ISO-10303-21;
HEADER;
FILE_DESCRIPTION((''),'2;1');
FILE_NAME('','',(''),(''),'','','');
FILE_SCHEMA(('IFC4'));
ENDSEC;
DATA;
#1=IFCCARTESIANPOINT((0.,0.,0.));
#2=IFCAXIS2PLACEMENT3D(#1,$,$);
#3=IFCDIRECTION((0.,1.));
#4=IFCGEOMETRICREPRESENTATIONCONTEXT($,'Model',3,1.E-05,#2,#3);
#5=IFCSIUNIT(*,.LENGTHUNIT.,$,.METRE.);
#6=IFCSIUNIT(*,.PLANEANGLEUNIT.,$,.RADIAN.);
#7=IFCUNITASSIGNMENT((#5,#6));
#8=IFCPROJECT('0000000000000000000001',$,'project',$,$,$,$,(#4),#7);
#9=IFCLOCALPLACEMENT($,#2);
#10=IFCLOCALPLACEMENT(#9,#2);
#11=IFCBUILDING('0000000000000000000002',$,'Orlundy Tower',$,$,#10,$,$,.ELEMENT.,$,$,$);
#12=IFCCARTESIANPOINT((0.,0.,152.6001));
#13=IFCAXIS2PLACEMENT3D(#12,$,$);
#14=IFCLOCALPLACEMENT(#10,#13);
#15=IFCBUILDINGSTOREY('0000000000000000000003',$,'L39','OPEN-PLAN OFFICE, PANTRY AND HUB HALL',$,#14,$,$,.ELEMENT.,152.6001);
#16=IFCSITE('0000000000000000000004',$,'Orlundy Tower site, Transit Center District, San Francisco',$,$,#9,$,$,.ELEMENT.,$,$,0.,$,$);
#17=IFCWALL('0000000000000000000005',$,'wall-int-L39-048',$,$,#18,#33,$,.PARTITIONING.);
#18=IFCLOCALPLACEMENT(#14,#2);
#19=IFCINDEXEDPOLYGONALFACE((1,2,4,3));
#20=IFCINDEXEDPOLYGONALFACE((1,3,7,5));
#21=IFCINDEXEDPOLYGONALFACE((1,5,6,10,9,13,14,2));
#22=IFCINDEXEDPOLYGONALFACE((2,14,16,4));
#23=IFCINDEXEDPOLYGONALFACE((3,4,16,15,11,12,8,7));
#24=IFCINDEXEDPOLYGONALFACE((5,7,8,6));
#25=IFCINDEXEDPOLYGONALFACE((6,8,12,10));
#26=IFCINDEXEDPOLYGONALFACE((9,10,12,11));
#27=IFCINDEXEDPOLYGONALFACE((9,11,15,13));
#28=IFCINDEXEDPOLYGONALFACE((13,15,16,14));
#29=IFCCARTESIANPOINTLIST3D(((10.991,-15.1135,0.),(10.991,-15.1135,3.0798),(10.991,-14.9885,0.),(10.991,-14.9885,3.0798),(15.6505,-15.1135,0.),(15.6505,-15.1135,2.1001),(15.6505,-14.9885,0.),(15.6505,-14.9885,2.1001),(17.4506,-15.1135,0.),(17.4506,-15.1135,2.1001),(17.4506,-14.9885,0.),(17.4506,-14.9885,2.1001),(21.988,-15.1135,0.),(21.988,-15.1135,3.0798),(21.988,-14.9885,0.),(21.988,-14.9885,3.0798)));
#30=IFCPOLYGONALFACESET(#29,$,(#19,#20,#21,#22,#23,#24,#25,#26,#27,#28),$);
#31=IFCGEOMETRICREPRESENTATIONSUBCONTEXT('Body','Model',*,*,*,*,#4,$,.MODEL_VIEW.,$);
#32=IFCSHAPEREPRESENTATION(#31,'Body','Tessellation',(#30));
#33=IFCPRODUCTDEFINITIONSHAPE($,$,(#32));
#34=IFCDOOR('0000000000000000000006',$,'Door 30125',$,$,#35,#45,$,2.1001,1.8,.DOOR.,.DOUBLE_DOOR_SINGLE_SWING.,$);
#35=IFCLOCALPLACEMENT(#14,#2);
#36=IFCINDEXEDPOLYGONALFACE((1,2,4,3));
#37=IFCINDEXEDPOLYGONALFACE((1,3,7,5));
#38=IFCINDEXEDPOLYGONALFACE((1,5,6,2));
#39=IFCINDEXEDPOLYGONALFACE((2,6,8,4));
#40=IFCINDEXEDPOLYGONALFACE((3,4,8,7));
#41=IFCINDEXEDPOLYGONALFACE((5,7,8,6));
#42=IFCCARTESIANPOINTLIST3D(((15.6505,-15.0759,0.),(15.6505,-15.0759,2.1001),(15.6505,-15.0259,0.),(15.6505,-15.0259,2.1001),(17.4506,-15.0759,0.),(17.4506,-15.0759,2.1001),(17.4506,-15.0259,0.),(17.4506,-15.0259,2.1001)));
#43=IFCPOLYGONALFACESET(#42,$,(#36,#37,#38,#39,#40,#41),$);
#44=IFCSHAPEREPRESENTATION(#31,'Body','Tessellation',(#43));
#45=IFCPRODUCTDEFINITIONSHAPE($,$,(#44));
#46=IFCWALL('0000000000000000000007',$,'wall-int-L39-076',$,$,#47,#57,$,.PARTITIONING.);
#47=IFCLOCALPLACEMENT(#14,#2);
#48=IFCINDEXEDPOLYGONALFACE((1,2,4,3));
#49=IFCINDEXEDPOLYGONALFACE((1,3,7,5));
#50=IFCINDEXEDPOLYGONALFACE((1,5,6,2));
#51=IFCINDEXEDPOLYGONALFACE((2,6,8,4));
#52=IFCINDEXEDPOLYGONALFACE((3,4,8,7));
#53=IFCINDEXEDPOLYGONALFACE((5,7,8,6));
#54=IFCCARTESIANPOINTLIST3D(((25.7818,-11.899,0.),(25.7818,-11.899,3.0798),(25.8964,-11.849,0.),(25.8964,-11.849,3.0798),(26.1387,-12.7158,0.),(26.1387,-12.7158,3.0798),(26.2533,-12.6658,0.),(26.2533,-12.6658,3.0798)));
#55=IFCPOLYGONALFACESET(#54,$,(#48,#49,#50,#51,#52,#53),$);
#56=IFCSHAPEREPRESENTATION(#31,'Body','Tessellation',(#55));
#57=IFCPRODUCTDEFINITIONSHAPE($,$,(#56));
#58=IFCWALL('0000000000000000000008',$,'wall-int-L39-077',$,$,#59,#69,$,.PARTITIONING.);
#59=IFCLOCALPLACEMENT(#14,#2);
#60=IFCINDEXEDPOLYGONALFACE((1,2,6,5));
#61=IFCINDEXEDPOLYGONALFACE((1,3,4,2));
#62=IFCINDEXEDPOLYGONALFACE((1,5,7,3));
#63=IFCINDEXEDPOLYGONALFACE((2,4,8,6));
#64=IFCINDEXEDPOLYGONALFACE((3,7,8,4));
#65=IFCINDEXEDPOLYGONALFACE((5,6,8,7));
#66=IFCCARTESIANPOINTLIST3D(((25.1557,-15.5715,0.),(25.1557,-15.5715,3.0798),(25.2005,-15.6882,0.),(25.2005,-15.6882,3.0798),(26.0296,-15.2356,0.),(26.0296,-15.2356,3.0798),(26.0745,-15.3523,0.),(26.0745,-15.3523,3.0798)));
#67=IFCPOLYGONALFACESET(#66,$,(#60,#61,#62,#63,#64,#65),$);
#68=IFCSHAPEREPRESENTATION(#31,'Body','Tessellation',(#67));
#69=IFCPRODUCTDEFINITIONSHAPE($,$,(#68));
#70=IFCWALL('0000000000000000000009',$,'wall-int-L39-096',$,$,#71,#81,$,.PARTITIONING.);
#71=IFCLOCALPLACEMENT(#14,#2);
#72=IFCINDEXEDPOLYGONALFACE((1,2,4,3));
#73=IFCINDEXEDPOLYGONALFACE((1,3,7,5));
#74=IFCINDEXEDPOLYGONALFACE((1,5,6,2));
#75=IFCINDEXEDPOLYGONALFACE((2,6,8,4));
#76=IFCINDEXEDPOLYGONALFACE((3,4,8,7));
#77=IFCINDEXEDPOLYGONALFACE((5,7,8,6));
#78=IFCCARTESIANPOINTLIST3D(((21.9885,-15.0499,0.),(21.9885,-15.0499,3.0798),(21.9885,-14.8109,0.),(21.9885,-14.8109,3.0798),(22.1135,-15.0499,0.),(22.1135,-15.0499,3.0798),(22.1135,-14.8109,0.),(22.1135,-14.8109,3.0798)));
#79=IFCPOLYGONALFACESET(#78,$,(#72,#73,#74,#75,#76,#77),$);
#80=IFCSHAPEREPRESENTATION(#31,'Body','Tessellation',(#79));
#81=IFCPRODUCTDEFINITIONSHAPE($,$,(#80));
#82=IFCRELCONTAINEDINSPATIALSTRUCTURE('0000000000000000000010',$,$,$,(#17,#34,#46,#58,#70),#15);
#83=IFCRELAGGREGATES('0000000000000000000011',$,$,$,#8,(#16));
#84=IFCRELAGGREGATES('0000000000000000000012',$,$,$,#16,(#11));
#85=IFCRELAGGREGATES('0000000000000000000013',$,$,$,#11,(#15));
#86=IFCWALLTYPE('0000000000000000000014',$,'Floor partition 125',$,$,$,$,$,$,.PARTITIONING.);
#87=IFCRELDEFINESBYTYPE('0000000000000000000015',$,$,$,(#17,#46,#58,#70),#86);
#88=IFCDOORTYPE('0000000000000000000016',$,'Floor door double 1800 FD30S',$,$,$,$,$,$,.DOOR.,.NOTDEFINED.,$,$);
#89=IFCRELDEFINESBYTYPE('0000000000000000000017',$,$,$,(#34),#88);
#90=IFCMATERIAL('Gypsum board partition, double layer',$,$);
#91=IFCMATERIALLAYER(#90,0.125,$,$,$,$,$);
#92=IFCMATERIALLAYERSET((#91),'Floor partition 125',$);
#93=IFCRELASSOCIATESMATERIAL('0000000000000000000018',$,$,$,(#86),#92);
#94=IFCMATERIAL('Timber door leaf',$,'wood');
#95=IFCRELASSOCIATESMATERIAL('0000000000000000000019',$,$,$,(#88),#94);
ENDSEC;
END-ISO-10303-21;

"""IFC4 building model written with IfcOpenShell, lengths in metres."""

from ifc_helpers import new_model, si_unit, direction, frame, frame_2d, origin, place, context, subcontext, project, spatial, rectangle, extrude, material, layer, layer_set, type_object, element, fill, save


model = new_model("IFC4")

# Units and contexts
model_context = context("Model", 3, precision=1e-05, world=origin(), true_north=direction((0.0, 1.0)))
body_context = subcontext(model_context, "Body", "Model", "MODEL_VIEW")
ifc_project = project(units=[si_unit("LENGTHUNIT", "METRE"), si_unit("PLANEANGLEUNIT", "RADIAN")], contexts=[model_context])

# Site, building, storey
site_placement = place(None, origin())
site = spatial("IfcSite", under=ifc_project, at=site_placement, Name="Orlundy Tower site, Transit Center District, San Francisco", CompositionType="ELEMENT", RefElevation=0.0)
building_placement = place(site_placement, origin())
building = spatial("IfcBuilding", under=site, at=building_placement, Name="Orlundy Tower", CompositionType="ELEMENT")
storey_placement = place(building_placement, frame((0.0, 0.0, 152.6001)))
storey = spatial("IfcBuildingStorey", under=building, at=storey_placement, Name="L39", Description="OPEN-PLAN OFFICE, PANTRY AND HUB HALL", CompositionType="ELEMENT", Elevation=152.6001)

# Shared definitions
ifc_material_1 = material(Name="Gypsum board partition, double layer")
ifc_layer_1 = layer(ifc_material_1, 0.125)
ifc_layer_set_1 = layer_set([ifc_layer_1], Name="Floor partition 125")
wall_type_1 = type_object("IfcWallType", Name="Floor partition 125", PredefinedType="PARTITIONING", material=ifc_layer_set_1)

# Wall, opening, door
wall_1_placement = place(storey_placement, frame((21.988, -15.051, 0.0), z_axis=(0.0, 0.0, 1.0), x_axis=(-1.0, 0.0, 0.0)))
wall_1 = element("IfcWall", 1, at=wall_1_placement, inside=storey, type_object=wall_type_1, Name="wall-int-L39-048", PredefinedType="PARTITIONING", context=body_context, shape_type="SweptSolid", body=[
    extrude(rectangle(XDim=10.9971, YDim=0.125, at=frame_2d((5.4985, 0.0))), origin(), (0.0, 0.0, 1.0), 3.0798),
])
opening_1_placement = place(wall_1_placement, frame((4.5376, 0.0, 0.0)))
opening_1 = element("IfcOpeningElement", 2, at=opening_1_placement, cuts=wall_1, PredefinedType="OPENING", context=body_context, shape_type="SweptSolid", body=[
    extrude(rectangle(XDim=1.8, YDim=2.1001, at=frame_2d((0.8999, 1.05))), frame((0.0, 0.0725, 0.0), z_axis=(0.0, -1.0, 0.0), x_axis=(1.0, 0.0, 0.0)), (0.0, 0.0, 1.0), 0.145),
])
ifc_material_2 = material(Name="Timber door leaf", Category="wood")
door_type_1 = type_object("IfcDoorType", Name="Floor door double 1800 FD30S", OperationType="NOTDEFINED", PredefinedType="DOOR", material=ifc_material_2)
door_1_placement = place(opening_1_placement, origin())
door_1 = element("IfcDoor", 3, at=door_1_placement, inside=storey, type_object=door_type_1, Name="Door 30125", OperationType="DOUBLE_DOOR_SINGLE_SWING", OverallHeight=2.1001, OverallWidth=1.8, PredefinedType="DOOR", context=body_context, shape_type="SweptSolid", body=[
    extrude(rectangle(XDim=1.8, YDim=2.1001, at=frame_2d((0.8999, 1.05))), frame((0.0, 0.0249, 0.0), z_axis=(0.0, -1.0, 0.0), x_axis=(1.0, 0.0, 0.0)), (0.0, 0.0, 1.0), 0.05),
])
fill(opening_1, door_1)

# Walls
wall_2_placement = place(storey_placement, frame((26.196, -12.6909, 0.0), z_axis=(0.0, 0.0, 1.0), x_axis=(-0.400388, 0.916346, 0.0)))
element("IfcWall", 4, at=wall_2_placement, inside=storey, type_object=wall_type_1, Name="wall-int-L39-076", PredefinedType="PARTITIONING", context=body_context, shape_type="SweptSolid", body=[
    extrude(rectangle(XDim=0.8914, YDim=0.125, at=frame_2d((0.4458, 0.0))), origin(), (0.0, 0.0, 1.0), 3.0798),
])
wall_3_placement = place(storey_placement, frame((25.178, -15.6299, 0.0), z_axis=(0.0, 0.0, 1.0), x_axis=(0.933426, 0.358769, 0.0)))
element("IfcWall", 5, at=wall_3_placement, inside=storey, type_object=wall_type_1, Name="wall-int-L39-077", PredefinedType="PARTITIONING", context=body_context, shape_type="SweptSolid", body=[
    extrude(rectangle(XDim=0.9363, YDim=0.125, at=frame_2d((0.4683, 0.0))), origin(), (0.0, 0.0, 1.0), 3.0798),
])
wall_4_placement = place(storey_placement, frame((22.051, -15.05, 0.0), z_axis=(0.0, 0.0, 1.0), x_axis=(0.0, 1.0, 0.0)))
element("IfcWall", 6, at=wall_4_placement, inside=storey, type_object=wall_type_1, Name="wall-int-L39-096", PredefinedType="PARTITIONING", context=body_context, shape_type="SweptSolid", body=[
    extrude(rectangle(XDim=0.239, YDim=0.125, at=frame_2d((0.1196, 0.0))), origin(), (0.0, 0.0, 1.0), 3.0798),
])

save(model, "model.ifc")
